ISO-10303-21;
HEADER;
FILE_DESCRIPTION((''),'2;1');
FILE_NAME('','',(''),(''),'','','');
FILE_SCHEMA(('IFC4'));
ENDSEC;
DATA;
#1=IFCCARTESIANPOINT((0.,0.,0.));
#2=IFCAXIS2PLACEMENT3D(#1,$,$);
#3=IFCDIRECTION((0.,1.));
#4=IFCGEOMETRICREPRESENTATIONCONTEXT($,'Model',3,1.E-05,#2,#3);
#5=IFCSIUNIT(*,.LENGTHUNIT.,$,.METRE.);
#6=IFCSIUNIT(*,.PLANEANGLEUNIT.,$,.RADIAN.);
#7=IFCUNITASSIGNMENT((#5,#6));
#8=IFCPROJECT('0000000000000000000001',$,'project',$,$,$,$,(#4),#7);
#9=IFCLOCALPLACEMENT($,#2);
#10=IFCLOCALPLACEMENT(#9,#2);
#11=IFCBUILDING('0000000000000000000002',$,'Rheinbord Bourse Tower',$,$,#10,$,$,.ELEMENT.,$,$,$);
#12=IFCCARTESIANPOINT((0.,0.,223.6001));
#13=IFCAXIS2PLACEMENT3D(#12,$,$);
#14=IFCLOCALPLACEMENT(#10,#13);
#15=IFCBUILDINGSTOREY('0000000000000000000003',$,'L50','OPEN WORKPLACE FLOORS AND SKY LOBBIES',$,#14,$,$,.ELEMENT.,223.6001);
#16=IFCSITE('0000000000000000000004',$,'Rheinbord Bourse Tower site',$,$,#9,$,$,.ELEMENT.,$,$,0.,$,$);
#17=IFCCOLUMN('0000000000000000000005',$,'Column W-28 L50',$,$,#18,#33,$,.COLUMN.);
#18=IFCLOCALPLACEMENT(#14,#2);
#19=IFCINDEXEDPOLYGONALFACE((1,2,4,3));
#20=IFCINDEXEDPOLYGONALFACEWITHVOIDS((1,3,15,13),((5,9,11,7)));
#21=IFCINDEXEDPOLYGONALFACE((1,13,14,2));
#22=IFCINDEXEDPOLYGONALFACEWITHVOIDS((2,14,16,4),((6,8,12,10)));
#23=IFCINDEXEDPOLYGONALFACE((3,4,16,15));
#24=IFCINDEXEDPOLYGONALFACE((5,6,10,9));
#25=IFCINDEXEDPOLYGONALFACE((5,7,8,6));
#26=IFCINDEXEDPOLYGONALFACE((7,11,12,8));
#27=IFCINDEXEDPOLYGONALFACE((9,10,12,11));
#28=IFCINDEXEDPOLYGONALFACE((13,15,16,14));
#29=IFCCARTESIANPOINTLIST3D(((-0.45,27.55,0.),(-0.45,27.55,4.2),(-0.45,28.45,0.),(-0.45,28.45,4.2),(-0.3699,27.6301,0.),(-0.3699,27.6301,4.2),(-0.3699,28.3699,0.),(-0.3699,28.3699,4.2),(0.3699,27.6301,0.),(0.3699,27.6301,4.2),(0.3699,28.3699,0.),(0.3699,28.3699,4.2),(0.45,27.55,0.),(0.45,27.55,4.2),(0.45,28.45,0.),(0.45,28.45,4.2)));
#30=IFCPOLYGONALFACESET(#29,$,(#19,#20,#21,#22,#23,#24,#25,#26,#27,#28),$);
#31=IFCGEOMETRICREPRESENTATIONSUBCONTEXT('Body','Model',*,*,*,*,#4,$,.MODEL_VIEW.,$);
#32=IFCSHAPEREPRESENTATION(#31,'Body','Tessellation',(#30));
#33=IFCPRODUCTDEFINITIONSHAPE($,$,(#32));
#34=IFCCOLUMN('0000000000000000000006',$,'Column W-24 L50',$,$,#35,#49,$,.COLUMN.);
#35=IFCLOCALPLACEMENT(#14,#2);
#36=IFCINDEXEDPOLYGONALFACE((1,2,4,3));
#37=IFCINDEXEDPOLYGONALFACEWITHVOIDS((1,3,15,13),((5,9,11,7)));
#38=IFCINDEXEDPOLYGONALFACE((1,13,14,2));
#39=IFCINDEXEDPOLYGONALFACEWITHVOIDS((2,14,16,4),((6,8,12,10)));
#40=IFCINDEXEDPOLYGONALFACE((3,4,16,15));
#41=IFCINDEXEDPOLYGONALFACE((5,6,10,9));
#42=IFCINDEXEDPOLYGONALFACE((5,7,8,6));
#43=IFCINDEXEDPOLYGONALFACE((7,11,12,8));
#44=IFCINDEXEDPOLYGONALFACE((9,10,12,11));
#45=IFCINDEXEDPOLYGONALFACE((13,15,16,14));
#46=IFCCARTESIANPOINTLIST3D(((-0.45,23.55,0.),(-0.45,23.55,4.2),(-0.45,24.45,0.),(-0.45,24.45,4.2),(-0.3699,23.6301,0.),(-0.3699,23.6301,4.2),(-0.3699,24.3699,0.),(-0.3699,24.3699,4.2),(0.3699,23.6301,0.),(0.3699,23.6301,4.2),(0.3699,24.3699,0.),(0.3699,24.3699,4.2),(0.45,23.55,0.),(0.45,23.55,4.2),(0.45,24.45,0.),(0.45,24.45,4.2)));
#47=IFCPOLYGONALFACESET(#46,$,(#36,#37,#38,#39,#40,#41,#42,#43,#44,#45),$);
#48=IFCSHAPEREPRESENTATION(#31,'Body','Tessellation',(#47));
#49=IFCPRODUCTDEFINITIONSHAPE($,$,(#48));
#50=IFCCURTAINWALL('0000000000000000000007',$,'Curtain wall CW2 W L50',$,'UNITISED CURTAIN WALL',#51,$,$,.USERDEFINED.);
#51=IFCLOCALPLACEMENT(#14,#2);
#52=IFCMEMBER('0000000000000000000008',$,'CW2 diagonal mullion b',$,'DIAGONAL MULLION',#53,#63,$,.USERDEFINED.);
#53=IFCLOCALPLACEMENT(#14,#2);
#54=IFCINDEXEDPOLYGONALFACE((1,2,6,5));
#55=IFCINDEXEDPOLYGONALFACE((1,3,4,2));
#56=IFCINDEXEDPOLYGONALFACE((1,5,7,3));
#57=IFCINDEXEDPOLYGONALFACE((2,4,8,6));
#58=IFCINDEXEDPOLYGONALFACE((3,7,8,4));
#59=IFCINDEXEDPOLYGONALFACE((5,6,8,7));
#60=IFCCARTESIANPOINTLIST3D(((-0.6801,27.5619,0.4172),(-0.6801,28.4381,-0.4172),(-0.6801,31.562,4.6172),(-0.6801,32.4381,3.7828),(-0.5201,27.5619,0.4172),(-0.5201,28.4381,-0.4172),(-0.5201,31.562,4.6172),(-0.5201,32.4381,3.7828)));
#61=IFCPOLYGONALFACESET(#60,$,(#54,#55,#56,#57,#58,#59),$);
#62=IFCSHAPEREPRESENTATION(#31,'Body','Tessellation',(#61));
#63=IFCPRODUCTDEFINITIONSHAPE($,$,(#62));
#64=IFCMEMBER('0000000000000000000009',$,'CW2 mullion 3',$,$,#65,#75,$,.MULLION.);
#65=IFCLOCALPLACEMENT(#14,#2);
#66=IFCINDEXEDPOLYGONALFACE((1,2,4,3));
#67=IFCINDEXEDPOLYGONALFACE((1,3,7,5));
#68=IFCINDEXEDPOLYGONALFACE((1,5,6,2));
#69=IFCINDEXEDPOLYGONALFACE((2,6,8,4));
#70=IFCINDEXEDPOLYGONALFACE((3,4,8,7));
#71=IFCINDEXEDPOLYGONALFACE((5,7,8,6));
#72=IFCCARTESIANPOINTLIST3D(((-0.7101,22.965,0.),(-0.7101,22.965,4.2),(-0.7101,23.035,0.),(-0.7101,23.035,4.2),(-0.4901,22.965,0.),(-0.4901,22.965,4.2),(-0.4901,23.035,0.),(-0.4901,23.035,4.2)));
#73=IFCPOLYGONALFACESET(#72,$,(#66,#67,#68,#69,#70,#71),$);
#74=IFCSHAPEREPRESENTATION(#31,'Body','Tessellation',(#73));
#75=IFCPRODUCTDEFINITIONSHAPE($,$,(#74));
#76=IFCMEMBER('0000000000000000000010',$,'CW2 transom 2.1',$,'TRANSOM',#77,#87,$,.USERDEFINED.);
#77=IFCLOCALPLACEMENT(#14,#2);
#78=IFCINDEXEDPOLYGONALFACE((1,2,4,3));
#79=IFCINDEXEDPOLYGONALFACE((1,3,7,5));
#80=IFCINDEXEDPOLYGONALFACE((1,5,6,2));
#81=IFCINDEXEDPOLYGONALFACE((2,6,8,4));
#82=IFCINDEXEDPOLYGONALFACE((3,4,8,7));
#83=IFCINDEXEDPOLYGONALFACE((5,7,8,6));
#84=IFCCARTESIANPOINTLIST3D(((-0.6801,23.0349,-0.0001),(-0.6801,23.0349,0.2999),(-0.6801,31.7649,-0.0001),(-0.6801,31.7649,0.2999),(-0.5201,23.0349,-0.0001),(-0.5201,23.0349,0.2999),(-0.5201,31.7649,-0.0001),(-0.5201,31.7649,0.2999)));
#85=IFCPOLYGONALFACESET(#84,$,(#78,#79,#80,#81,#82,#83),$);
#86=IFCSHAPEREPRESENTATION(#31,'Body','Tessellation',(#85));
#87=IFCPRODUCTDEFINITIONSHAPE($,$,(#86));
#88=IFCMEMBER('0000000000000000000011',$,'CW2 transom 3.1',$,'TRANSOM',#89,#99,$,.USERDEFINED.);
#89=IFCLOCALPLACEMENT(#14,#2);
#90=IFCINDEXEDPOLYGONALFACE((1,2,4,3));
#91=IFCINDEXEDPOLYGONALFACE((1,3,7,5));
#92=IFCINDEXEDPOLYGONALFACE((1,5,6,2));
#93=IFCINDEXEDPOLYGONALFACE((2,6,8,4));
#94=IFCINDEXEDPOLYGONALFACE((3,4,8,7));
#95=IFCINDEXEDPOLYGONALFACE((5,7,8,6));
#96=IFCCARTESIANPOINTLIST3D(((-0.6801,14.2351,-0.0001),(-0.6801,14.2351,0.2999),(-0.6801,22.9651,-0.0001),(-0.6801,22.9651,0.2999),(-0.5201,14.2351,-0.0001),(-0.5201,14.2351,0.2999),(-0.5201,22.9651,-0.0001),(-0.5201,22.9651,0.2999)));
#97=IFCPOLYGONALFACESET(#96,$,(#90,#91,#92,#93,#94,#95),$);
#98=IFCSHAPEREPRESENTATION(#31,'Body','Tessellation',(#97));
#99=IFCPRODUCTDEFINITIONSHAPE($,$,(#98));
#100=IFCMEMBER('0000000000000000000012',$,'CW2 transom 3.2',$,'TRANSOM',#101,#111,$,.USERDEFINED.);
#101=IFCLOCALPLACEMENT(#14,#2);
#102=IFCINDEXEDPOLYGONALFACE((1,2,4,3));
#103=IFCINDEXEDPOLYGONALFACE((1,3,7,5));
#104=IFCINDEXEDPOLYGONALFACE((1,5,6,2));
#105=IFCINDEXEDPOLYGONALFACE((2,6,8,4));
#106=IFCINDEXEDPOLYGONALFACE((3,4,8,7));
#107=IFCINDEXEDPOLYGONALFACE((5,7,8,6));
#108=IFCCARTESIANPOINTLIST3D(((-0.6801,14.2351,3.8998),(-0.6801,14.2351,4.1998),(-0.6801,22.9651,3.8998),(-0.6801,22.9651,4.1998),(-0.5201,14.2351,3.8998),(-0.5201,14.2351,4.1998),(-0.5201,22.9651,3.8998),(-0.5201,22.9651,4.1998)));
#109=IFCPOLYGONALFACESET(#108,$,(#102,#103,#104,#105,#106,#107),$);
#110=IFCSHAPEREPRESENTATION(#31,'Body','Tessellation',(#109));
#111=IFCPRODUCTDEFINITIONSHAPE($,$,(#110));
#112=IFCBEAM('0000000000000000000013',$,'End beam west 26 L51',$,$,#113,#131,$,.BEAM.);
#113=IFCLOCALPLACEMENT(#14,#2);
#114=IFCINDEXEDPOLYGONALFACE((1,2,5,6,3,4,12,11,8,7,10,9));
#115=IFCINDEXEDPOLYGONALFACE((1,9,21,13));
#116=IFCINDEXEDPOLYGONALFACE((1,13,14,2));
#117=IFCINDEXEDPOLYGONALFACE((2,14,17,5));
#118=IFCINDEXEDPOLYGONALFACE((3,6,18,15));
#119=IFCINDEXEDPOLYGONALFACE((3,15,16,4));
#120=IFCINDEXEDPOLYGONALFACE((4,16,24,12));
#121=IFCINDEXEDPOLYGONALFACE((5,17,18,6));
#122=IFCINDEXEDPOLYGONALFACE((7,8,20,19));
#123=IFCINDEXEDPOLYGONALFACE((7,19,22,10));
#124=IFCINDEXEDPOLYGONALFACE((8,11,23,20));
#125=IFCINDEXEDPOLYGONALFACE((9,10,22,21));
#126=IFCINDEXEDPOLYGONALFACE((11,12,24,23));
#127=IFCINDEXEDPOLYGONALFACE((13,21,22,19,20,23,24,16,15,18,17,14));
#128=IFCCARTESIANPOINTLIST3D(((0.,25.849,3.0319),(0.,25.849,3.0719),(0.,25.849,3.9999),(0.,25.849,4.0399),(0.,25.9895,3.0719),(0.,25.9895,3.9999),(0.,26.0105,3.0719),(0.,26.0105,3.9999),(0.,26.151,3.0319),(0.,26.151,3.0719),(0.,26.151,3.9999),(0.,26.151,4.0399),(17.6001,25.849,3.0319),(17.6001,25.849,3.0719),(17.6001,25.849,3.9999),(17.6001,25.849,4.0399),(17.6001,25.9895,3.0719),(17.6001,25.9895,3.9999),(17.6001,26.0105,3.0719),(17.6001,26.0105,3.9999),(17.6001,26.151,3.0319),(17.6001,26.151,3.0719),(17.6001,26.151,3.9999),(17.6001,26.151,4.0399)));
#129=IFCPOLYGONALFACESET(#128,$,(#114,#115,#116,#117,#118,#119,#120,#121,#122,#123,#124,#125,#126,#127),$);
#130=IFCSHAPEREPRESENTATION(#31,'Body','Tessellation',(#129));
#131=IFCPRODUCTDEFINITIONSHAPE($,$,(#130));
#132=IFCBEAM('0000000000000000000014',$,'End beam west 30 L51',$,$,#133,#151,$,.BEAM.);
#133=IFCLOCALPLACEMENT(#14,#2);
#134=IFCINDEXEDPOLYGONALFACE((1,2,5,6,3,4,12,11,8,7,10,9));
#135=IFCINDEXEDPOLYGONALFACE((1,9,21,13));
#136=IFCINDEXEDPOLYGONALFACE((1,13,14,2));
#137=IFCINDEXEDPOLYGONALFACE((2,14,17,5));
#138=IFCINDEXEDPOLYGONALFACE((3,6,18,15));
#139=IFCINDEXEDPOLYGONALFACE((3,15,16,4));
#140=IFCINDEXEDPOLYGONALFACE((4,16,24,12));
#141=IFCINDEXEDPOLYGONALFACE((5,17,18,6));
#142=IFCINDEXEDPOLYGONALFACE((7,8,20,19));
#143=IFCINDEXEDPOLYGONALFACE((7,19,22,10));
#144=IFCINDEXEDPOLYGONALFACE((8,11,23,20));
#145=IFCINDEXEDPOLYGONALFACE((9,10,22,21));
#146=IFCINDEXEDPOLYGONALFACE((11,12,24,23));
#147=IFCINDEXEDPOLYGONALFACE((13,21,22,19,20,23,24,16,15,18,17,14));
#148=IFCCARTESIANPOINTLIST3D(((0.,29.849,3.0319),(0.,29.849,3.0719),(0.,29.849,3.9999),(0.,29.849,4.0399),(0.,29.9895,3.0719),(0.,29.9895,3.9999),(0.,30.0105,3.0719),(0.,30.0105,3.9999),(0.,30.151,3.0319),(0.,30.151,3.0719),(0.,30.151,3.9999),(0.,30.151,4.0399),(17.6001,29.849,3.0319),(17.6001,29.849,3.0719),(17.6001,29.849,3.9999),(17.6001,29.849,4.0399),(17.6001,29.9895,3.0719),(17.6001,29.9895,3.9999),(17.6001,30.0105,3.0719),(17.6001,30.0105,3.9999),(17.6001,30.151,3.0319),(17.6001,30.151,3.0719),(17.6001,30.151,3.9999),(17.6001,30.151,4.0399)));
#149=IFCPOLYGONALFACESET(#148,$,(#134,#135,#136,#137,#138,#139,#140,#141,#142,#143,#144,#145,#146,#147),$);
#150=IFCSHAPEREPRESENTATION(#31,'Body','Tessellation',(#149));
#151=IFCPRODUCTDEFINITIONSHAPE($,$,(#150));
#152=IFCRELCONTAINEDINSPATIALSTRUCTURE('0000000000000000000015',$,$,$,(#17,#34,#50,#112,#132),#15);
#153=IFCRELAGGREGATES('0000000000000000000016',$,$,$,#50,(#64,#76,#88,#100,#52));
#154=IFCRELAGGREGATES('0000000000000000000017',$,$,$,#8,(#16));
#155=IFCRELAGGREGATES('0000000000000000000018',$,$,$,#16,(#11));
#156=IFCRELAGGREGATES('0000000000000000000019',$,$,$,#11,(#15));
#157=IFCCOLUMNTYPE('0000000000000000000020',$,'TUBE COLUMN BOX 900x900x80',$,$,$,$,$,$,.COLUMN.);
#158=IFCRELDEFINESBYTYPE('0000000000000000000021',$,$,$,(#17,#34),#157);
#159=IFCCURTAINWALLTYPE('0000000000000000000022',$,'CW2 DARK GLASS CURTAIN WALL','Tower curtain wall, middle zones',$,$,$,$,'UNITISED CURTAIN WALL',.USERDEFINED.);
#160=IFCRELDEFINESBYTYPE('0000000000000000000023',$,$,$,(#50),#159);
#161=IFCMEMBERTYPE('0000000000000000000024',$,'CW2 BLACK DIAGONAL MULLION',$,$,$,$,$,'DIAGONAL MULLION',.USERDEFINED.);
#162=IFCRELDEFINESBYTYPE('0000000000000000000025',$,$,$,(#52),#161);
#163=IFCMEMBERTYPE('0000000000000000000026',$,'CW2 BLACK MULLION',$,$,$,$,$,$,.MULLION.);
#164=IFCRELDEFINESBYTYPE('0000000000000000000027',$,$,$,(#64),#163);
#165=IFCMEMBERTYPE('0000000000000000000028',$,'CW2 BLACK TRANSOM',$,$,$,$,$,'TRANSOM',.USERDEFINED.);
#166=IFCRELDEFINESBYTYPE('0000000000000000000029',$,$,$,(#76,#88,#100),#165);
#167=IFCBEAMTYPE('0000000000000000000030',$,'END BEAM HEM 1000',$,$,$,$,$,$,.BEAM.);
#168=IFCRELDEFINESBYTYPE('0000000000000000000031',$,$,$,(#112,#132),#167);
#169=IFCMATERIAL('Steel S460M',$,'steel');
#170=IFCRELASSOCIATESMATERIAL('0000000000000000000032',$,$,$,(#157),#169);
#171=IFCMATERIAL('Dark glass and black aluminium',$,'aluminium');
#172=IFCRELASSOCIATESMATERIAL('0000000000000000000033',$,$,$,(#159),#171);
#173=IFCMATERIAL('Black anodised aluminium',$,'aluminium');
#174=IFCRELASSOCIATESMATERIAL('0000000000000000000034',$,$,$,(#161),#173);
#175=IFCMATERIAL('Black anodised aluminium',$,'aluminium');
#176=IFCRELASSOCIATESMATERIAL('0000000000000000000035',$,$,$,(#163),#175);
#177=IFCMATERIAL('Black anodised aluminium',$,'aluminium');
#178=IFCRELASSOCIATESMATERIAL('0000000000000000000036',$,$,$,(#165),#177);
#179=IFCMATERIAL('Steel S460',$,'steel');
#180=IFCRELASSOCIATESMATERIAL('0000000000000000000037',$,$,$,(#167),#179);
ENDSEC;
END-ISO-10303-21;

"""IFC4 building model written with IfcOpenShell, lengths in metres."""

from ifc_helpers import new_model, si_unit, direction, frame, origin, origin_2d, place, context, subcontext, project, spatial, rectangle, hollow_rectangle, i_section, extrude, material, material_profile, profile_set, type_object, element, aggregate, save


model = new_model("IFC4")

# Units and contexts
model_context = context("Model", 3, precision=1e-05, world=origin(), true_north=direction((0.0, 1.0)))
body_context = subcontext(model_context, "Body", "Model", "MODEL_VIEW")
ifc_project = project(units=[si_unit("LENGTHUNIT", "METRE"), si_unit("PLANEANGLEUNIT", "RADIAN")], contexts=[model_context])

# Site, building, storey
site_placement = place(None, origin())
site = spatial("IfcSite", under=ifc_project, at=site_placement, Name="Rheinbord Bourse Tower site", CompositionType="ELEMENT", RefElevation=0.0)
building_placement = place(site_placement, origin())
building = spatial("IfcBuilding", under=site, at=building_placement, Name="Rheinbord Bourse Tower", CompositionType="ELEMENT")
storey_placement = place(building_placement, frame((0.0, 0.0, 223.6001)))
storey = spatial("IfcBuildingStorey", under=building, at=storey_placement, Name="L50", Description="OPEN WORKPLACE FLOORS AND SKY LOBBIES", CompositionType="ELEMENT", Elevation=223.6001)

# Columns
ifc_material_1 = material(Name="Steel S460M", Category="steel")
ifc_material_profile_1 = material_profile(ifc_material_1, hollow_rectangle(XDim=0.8999, YDim=0.8999, WallThickness=0.0801, at=origin_2d()), Name="BOX 900x900x80")
ifc_profile_set_1 = profile_set([ifc_material_profile_1], Name="Steel S460M")
column_type = type_object("IfcColumnType", Name="TUBE COLUMN BOX 900x900x80", PredefinedType="COLUMN", material=ifc_profile_set_1)
for number, where, z_axis, x_axis, name in (
    (1, (0.0, 28.0, 0.0), (0.0, 0.0, 1.0), (1.0, 0.0, 0.0), "Column W-28 L50"),
    (2, (0.0, 24.0, 0.0), (0.0, 0.0, 1.0), (1.0, 0.0, 0.0), "Column W-24 L50"),
):
    element("IfcColumn", number, at=place(storey_placement, frame(where, z_axis=z_axis, x_axis=x_axis)), inside=storey, type_object=column_type, Name=name, PredefinedType="COLUMN", context=body_context, shape_type="SweptSolid", body=[
        extrude(hollow_rectangle(XDim=0.8999, YDim=0.8999, WallThickness=0.0801, at=origin_2d()), origin(), (0.0, 0.0, 1.0), 4.2),
    ])

# Curtain wall, members
ifc_material_2 = material(Name="Dark glass and black aluminium", Category="aluminium")
curtain_wall_type = type_object("IfcCurtainWallType", Name="CW2 DARK GLASS CURTAIN WALL", Description="Tower curtain wall, middle zones", ElementType="UNITISED CURTAIN WALL", PredefinedType="USERDEFINED", material=ifc_material_2)
curtain_wall_placement = place(storey_placement, origin())
curtain_wall = element("IfcCurtainWall", 3, at=curtain_wall_placement, inside=storey, type_object=curtain_wall_type, Name="Curtain wall CW2 W L50", ObjectType="UNITISED CURTAIN WALL", PredefinedType="USERDEFINED")
ifc_material_3 = material(Name="Black anodised aluminium", Category="aluminium")
ifc_material_profile_2 = material_profile(ifc_material_3, rectangle(XDim=0.1599, YDim=1.21, at=origin_2d()), Name="CW2 DIAGONAL MULLION 1210x160")
ifc_profile_set_2 = profile_set([ifc_material_profile_2], Name="Black anodised aluminium")
member_type_1 = type_object("IfcMemberType", Name="CW2 BLACK DIAGONAL MULLION", ElementType="DIAGONAL MULLION", PredefinedType="USERDEFINED", material=ifc_profile_set_2)
member_1_placement = place(storey_placement, frame((-0.6001, 28.0, 0.0), z_axis=(0.0, 0.689659, 0.724134), x_axis=(-1.0, 0.0, 0.0)))
member_1 = element("IfcMember", 4, at=member_1_placement, type_object=member_type_1, Name="CW2 diagonal mullion b", ObjectType="DIAGONAL MULLION", PredefinedType="USERDEFINED", context=body_context, shape_type="SweptSolid", body=[
    extrude(rectangle(XDim=0.1599, YDim=1.21, at=origin_2d()), origin(), (0.0, 0.0, 1.0), 5.8),
])
ifc_material_4 = material(Name="Black anodised aluminium", Category="aluminium")
ifc_material_profile_3 = material_profile(ifc_material_4, rectangle(XDim=0.22, YDim=0.0701, at=origin_2d()), Name="CW2 MULLION 70x220")
ifc_profile_set_3 = profile_set([ifc_material_profile_3], Name="Black anodised aluminium")
member_type_2 = type_object("IfcMemberType", Name="CW2 BLACK MULLION", PredefinedType="MULLION", material=ifc_profile_set_3)
member_2_placement = place(storey_placement, frame((-0.6001, 23.0, 0.0), z_axis=(0.0, 0.0, 1.0), x_axis=(1.0, 0.0, 0.0)))
member_2 = element("IfcMember", 5, at=member_2_placement, type_object=member_type_2, Name="CW2 mullion 3", PredefinedType="MULLION", context=body_context, shape_type="SweptSolid", body=[
    extrude(rectangle(XDim=0.22, YDim=0.0701, at=origin_2d()), origin(), (0.0, 0.0, 1.0), 4.2),
])
ifc_material_5 = material(Name="Black anodised aluminium", Category="aluminium")
ifc_material_profile_4 = material_profile(ifc_material_5, rectangle(XDim=0.1599, YDim=0.3, at=origin_2d()), Name="CW2 TRANSOM 300x160")
ifc_profile_set_4 = profile_set([ifc_material_profile_4], Name="Black anodised aluminium")
member_type_3 = type_object("IfcMemberType", Name="CW2 BLACK TRANSOM", ElementType="TRANSOM", PredefinedType="USERDEFINED", material=ifc_profile_set_4)
member_3_placement = place(storey_placement, frame((-0.6001, 31.7649, 0.1499), z_axis=(0.0, -1.0, 0.0), x_axis=(1.0, 0.0, 0.0)))
member_3 = element("IfcMember", 6, at=member_3_placement, type_object=member_type_3, Name="CW2 transom 2.1", ObjectType="TRANSOM", PredefinedType="USERDEFINED", context=body_context, shape_type="SweptSolid", body=[
    extrude(rectangle(XDim=0.1599, YDim=0.3, at=origin_2d()), origin(), (0.0, 0.0, 1.0), 8.73),
])
member_4_placement = place(storey_placement, frame((-0.6001, 22.9651, 0.1499), z_axis=(0.0, -1.0, 0.0), x_axis=(1.0, 0.0, 0.0)))
member_4 = element("IfcMember", 7, at=member_4_placement, type_object=member_type_3, Name="CW2 transom 3.1", ObjectType="TRANSOM", PredefinedType="USERDEFINED", context=body_context, shape_type="SweptSolid", body=[
    extrude(rectangle(XDim=0.1599, YDim=0.3, at=origin_2d()), origin(), (0.0, 0.0, 1.0), 8.73),
])
member_5_placement = place(storey_placement, frame((-0.6001, 22.9651, 4.0498), z_axis=(0.0, -1.0, 0.0), x_axis=(1.0, 0.0, 0.0)))
member_5 = element("IfcMember", 8, at=member_5_placement, type_object=member_type_3, Name="CW2 transom 3.2", ObjectType="TRANSOM", PredefinedType="USERDEFINED", context=body_context, shape_type="SweptSolid", body=[
    extrude(rectangle(XDim=0.1599, YDim=0.3, at=origin_2d()), origin(), (0.0, 0.0, 1.0), 8.73),
])

# Beams
ifc_material_6 = material(Name="Steel S460", Category="steel")
ifc_material_profile_5 = material_profile(ifc_material_6, i_section(OverallWidth=0.302, OverallDepth=1.0081, WebThickness=0.021, FlangeThickness=0.04, at=origin_2d()), Name="HEM 1000")
ifc_profile_set_5 = profile_set([ifc_material_profile_5], Name="Steel S460")
beam_type_1 = type_object("IfcBeamType", Name="END BEAM HEM 1000", PredefinedType="BEAM", material=ifc_profile_set_5)
for number, where, z_axis, x_axis, name in (
    (9, (0.0, 26.0, 3.5359), (1.0, 0.0, 0.0), (0.0, 1.0, 0.0), "End beam west 26 L51"),
    (10, (0.0, 30.0, 3.5359), (1.0, 0.0, 0.0), (0.0, 1.0, 0.0), "End beam west 30 L51"),
):
    element("IfcBeam", number, at=place(storey_placement, frame(where, z_axis=z_axis, x_axis=x_axis)), inside=storey, type_object=beam_type_1, Name=name, PredefinedType="BEAM", context=body_context, shape_type="SweptSolid", body=[
        extrude(i_section(OverallWidth=0.302, OverallDepth=1.0081, WebThickness=0.021, FlangeThickness=0.04, at=origin_2d()), origin(), (0.0, 0.0, 1.0), 17.6001),
    ])

aggregate(curtain_wall, [member_2, member_3, member_4, member_5, member_1])

save(model, "model.ifc")
